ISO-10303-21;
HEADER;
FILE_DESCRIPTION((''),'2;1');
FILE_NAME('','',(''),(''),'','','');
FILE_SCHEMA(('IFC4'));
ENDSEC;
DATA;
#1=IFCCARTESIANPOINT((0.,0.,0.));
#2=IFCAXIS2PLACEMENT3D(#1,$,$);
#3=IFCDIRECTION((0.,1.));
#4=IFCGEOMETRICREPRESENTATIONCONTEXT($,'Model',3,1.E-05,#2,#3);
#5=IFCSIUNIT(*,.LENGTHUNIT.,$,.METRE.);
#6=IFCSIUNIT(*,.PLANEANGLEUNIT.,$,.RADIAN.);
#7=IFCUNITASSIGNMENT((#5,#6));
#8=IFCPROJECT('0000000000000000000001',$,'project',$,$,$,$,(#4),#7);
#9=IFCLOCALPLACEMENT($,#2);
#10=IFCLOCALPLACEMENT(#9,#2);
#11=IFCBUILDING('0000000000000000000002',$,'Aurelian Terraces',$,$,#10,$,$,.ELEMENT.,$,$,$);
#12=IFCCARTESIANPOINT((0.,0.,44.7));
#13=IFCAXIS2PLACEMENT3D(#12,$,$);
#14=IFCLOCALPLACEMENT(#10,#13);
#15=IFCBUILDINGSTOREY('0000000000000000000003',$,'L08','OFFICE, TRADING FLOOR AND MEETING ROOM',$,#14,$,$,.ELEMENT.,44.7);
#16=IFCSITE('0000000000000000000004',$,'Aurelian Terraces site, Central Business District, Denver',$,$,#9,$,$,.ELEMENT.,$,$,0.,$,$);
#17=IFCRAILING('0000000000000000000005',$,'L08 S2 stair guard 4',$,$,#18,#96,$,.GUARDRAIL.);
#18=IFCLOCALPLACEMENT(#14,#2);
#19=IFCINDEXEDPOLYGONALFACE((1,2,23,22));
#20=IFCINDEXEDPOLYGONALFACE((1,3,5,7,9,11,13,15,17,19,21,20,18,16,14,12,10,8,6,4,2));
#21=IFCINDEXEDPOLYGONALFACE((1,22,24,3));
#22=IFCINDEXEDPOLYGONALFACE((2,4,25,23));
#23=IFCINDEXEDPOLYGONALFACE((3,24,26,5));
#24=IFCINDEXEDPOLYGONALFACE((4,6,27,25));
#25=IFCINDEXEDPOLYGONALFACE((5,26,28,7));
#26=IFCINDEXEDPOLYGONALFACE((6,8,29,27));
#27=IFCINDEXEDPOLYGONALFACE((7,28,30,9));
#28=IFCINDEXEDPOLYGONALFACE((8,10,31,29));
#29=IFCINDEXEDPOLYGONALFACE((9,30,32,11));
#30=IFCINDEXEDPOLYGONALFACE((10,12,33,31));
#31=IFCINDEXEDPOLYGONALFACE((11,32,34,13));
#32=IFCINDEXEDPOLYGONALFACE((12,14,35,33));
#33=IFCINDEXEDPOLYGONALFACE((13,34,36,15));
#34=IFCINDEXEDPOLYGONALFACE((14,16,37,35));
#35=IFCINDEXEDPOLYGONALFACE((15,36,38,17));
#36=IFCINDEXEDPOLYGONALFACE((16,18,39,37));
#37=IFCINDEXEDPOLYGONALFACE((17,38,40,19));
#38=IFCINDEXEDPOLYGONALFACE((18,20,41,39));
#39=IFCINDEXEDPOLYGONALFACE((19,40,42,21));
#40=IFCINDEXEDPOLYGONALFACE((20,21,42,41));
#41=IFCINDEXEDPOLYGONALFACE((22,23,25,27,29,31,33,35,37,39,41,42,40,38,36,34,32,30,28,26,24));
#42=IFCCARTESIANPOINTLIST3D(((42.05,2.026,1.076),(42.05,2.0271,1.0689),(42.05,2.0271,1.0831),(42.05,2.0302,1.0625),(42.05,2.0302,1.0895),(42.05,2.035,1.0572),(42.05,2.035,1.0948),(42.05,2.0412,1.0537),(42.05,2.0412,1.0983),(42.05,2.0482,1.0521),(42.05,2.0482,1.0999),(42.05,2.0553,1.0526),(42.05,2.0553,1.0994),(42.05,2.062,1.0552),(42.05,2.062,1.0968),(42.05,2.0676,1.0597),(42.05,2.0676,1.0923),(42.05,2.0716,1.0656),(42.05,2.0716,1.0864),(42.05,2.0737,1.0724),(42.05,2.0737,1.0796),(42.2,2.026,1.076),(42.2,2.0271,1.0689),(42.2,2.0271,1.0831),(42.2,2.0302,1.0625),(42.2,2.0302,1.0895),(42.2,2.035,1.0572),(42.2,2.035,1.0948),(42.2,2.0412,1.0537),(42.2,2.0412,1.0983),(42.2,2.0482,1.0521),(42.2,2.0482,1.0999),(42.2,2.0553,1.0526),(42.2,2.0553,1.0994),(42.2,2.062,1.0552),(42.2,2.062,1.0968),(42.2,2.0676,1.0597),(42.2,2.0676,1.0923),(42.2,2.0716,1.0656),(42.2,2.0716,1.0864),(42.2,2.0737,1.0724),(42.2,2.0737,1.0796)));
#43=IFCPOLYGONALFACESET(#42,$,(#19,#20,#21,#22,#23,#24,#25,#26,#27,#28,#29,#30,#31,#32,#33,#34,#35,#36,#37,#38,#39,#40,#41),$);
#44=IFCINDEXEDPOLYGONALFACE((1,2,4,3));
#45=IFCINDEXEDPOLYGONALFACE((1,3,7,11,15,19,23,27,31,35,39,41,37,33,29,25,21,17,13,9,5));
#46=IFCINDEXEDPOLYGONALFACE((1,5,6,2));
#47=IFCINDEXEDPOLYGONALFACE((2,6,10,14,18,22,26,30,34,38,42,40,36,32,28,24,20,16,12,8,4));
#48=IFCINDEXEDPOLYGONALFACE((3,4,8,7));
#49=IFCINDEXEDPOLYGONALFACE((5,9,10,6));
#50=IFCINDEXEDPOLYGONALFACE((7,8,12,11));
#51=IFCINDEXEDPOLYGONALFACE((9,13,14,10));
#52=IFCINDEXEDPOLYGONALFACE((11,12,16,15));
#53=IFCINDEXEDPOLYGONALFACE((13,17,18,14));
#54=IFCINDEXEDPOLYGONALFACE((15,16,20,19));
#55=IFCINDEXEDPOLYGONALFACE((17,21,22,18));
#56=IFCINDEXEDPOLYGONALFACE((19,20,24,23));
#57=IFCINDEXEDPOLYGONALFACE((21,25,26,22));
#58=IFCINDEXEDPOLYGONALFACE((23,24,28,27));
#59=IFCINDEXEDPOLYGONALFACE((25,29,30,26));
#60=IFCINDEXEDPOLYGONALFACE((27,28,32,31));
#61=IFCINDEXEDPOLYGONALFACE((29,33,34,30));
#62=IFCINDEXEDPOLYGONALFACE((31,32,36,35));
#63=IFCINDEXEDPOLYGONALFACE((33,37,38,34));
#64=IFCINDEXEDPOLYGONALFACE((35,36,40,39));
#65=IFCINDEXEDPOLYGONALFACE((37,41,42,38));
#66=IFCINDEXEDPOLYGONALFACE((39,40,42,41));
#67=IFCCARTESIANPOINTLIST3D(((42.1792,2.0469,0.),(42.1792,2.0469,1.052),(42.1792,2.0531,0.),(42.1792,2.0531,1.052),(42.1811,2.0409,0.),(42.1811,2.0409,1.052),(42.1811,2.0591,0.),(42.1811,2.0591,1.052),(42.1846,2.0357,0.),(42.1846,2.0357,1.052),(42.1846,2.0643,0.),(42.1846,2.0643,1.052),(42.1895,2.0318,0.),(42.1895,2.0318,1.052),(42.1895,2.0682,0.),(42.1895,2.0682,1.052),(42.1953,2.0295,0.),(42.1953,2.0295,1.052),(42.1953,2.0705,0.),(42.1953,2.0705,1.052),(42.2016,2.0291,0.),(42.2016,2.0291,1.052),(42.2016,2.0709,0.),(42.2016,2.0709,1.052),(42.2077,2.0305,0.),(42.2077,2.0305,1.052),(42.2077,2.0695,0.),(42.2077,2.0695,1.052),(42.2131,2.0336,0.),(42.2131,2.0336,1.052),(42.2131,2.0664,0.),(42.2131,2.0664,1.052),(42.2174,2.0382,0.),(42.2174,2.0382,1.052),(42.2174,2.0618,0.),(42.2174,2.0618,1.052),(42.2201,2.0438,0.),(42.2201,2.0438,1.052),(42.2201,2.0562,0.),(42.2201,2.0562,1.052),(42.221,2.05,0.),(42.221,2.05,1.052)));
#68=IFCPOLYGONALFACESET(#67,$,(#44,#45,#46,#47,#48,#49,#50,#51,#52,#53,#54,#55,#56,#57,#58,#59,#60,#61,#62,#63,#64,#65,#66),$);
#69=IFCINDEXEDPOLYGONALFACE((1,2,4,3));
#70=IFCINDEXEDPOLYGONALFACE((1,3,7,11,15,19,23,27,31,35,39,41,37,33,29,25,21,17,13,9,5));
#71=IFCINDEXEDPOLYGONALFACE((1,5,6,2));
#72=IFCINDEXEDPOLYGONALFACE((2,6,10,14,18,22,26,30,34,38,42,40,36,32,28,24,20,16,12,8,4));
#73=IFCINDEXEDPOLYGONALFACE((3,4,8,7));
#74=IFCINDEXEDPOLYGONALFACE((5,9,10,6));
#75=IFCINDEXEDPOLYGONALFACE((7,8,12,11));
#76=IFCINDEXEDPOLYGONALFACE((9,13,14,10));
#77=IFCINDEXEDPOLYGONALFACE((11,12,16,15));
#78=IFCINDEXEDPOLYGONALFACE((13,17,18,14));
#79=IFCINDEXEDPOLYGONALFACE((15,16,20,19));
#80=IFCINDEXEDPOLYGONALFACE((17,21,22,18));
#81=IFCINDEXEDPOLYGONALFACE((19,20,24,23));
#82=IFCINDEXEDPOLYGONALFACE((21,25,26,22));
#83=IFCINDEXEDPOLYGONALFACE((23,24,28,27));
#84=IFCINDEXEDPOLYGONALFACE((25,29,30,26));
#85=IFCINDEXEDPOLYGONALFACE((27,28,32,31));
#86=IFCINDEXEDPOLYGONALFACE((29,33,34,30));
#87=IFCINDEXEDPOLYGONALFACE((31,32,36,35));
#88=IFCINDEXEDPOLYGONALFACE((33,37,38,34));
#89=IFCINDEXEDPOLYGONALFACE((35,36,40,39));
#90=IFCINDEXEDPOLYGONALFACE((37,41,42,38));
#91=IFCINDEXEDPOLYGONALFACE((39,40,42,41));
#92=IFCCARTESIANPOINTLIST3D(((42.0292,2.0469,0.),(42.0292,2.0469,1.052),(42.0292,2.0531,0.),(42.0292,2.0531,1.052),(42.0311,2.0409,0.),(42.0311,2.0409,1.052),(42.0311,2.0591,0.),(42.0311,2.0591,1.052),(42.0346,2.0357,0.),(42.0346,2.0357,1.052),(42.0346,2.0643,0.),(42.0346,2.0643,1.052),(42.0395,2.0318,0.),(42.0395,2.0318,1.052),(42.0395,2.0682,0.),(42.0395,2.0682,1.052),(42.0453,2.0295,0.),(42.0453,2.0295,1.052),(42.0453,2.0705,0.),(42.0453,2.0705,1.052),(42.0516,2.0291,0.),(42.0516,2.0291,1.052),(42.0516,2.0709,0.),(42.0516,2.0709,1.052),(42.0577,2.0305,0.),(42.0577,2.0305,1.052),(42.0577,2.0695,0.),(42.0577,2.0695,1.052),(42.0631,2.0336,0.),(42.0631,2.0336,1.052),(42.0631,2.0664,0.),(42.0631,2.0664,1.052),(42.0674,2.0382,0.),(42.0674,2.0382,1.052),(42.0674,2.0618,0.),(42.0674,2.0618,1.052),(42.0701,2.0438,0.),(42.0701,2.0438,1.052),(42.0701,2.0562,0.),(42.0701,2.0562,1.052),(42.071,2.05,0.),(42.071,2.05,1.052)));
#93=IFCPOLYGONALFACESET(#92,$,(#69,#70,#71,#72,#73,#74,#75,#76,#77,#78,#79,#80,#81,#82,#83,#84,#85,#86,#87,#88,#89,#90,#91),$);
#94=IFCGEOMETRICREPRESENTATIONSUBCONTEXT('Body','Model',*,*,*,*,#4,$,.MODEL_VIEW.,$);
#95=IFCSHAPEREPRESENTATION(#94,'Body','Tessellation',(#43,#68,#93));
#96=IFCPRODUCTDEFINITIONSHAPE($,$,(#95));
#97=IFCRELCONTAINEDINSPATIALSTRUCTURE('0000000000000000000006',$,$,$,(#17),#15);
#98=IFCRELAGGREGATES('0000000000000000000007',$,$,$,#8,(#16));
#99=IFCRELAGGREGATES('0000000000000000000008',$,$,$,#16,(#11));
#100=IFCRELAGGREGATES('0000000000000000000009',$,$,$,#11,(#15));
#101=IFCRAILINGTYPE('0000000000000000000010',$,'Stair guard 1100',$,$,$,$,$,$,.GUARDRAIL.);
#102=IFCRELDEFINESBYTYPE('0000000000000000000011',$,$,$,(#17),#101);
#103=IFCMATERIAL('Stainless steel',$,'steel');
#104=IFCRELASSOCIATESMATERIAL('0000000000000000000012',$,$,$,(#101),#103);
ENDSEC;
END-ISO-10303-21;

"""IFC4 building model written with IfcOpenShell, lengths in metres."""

from ifc_helpers import new_model, si_unit, direction, frame, origin, origin_2d, place, context, subcontext, project, spatial, circle, extrude, source, transform, mapped, material, type_object, element, save


model = new_model("IFC4")

# Units and contexts
model_context = context("Model", 3, precision=1e-05, world=origin(), true_north=direction((0.0, 1.0)))
body_context = subcontext(model_context, "Body", "Model", "MODEL_VIEW")
ifc_project = project(units=[si_unit("LENGTHUNIT", "METRE"), si_unit("PLANEANGLEUNIT", "RADIAN")], contexts=[model_context])

# Site, building, storey
site_placement = place(None, origin())
site = spatial("IfcSite", under=ifc_project, at=site_placement, Name="Aurelian Terraces site, Central Business District, Denver", CompositionType="ELEMENT", RefElevation=0.0)
building_placement = place(site_placement, origin())
building = spatial("IfcBuilding", under=site, at=building_placement, Name="Aurelian Terraces", CompositionType="ELEMENT")
storey_placement = place(building_placement, frame((0.0, 0.0, 44.7)))
storey = spatial("IfcBuildingStorey", under=building, at=storey_placement, Name="L08", Description="OFFICE, TRADING FLOOR AND MEETING ROOM", CompositionType="ELEMENT", Elevation=44.7)

# Railing
ifc_material_1 = material(Name="Stainless steel", Category="steel")
railing_type_1 = type_object("IfcRailingType", Name="Stair guard 1100", PredefinedType="GUARDRAIL", material=ifc_material_1)
shared_shape_1 = source(origin(), body_context, "Body", "SweptSolid", [
    extrude(circle(Radius=0.024, at=origin_2d()), frame((0.0, 0.0, 1.076), z_axis=(-1.0, 0.0, 0.0), x_axis=(0.0, -1.0, 0.0)), (0.0, 0.0, 1.0), 0.15),
    extrude(circle(Radius=0.021, at=origin_2d()), origin(), (0.0, 0.0, 1.0), 1.052),
    extrude(circle(Radius=0.021, at=origin_2d()), frame((-0.15, 0.0, 0.0)), (0.0, 0.0, 1.0), 1.052),
])
for number, where, name in (
    (1, (42.2, 2.05, 0.0), "L08 S2 stair guard 4"),
):
    element("IfcRailing", number, at=place(storey_placement, frame(where)), inside=storey, type_object=railing_type_1, Name=name, PredefinedType="GUARDRAIL", context=body_context, shape_type="MappedRepresentation", body=[
        mapped(shared_shape_1, transform((0.0, 0.0, 0.0), scale=1.0)),
    ])

save(model, "model.ifc")
